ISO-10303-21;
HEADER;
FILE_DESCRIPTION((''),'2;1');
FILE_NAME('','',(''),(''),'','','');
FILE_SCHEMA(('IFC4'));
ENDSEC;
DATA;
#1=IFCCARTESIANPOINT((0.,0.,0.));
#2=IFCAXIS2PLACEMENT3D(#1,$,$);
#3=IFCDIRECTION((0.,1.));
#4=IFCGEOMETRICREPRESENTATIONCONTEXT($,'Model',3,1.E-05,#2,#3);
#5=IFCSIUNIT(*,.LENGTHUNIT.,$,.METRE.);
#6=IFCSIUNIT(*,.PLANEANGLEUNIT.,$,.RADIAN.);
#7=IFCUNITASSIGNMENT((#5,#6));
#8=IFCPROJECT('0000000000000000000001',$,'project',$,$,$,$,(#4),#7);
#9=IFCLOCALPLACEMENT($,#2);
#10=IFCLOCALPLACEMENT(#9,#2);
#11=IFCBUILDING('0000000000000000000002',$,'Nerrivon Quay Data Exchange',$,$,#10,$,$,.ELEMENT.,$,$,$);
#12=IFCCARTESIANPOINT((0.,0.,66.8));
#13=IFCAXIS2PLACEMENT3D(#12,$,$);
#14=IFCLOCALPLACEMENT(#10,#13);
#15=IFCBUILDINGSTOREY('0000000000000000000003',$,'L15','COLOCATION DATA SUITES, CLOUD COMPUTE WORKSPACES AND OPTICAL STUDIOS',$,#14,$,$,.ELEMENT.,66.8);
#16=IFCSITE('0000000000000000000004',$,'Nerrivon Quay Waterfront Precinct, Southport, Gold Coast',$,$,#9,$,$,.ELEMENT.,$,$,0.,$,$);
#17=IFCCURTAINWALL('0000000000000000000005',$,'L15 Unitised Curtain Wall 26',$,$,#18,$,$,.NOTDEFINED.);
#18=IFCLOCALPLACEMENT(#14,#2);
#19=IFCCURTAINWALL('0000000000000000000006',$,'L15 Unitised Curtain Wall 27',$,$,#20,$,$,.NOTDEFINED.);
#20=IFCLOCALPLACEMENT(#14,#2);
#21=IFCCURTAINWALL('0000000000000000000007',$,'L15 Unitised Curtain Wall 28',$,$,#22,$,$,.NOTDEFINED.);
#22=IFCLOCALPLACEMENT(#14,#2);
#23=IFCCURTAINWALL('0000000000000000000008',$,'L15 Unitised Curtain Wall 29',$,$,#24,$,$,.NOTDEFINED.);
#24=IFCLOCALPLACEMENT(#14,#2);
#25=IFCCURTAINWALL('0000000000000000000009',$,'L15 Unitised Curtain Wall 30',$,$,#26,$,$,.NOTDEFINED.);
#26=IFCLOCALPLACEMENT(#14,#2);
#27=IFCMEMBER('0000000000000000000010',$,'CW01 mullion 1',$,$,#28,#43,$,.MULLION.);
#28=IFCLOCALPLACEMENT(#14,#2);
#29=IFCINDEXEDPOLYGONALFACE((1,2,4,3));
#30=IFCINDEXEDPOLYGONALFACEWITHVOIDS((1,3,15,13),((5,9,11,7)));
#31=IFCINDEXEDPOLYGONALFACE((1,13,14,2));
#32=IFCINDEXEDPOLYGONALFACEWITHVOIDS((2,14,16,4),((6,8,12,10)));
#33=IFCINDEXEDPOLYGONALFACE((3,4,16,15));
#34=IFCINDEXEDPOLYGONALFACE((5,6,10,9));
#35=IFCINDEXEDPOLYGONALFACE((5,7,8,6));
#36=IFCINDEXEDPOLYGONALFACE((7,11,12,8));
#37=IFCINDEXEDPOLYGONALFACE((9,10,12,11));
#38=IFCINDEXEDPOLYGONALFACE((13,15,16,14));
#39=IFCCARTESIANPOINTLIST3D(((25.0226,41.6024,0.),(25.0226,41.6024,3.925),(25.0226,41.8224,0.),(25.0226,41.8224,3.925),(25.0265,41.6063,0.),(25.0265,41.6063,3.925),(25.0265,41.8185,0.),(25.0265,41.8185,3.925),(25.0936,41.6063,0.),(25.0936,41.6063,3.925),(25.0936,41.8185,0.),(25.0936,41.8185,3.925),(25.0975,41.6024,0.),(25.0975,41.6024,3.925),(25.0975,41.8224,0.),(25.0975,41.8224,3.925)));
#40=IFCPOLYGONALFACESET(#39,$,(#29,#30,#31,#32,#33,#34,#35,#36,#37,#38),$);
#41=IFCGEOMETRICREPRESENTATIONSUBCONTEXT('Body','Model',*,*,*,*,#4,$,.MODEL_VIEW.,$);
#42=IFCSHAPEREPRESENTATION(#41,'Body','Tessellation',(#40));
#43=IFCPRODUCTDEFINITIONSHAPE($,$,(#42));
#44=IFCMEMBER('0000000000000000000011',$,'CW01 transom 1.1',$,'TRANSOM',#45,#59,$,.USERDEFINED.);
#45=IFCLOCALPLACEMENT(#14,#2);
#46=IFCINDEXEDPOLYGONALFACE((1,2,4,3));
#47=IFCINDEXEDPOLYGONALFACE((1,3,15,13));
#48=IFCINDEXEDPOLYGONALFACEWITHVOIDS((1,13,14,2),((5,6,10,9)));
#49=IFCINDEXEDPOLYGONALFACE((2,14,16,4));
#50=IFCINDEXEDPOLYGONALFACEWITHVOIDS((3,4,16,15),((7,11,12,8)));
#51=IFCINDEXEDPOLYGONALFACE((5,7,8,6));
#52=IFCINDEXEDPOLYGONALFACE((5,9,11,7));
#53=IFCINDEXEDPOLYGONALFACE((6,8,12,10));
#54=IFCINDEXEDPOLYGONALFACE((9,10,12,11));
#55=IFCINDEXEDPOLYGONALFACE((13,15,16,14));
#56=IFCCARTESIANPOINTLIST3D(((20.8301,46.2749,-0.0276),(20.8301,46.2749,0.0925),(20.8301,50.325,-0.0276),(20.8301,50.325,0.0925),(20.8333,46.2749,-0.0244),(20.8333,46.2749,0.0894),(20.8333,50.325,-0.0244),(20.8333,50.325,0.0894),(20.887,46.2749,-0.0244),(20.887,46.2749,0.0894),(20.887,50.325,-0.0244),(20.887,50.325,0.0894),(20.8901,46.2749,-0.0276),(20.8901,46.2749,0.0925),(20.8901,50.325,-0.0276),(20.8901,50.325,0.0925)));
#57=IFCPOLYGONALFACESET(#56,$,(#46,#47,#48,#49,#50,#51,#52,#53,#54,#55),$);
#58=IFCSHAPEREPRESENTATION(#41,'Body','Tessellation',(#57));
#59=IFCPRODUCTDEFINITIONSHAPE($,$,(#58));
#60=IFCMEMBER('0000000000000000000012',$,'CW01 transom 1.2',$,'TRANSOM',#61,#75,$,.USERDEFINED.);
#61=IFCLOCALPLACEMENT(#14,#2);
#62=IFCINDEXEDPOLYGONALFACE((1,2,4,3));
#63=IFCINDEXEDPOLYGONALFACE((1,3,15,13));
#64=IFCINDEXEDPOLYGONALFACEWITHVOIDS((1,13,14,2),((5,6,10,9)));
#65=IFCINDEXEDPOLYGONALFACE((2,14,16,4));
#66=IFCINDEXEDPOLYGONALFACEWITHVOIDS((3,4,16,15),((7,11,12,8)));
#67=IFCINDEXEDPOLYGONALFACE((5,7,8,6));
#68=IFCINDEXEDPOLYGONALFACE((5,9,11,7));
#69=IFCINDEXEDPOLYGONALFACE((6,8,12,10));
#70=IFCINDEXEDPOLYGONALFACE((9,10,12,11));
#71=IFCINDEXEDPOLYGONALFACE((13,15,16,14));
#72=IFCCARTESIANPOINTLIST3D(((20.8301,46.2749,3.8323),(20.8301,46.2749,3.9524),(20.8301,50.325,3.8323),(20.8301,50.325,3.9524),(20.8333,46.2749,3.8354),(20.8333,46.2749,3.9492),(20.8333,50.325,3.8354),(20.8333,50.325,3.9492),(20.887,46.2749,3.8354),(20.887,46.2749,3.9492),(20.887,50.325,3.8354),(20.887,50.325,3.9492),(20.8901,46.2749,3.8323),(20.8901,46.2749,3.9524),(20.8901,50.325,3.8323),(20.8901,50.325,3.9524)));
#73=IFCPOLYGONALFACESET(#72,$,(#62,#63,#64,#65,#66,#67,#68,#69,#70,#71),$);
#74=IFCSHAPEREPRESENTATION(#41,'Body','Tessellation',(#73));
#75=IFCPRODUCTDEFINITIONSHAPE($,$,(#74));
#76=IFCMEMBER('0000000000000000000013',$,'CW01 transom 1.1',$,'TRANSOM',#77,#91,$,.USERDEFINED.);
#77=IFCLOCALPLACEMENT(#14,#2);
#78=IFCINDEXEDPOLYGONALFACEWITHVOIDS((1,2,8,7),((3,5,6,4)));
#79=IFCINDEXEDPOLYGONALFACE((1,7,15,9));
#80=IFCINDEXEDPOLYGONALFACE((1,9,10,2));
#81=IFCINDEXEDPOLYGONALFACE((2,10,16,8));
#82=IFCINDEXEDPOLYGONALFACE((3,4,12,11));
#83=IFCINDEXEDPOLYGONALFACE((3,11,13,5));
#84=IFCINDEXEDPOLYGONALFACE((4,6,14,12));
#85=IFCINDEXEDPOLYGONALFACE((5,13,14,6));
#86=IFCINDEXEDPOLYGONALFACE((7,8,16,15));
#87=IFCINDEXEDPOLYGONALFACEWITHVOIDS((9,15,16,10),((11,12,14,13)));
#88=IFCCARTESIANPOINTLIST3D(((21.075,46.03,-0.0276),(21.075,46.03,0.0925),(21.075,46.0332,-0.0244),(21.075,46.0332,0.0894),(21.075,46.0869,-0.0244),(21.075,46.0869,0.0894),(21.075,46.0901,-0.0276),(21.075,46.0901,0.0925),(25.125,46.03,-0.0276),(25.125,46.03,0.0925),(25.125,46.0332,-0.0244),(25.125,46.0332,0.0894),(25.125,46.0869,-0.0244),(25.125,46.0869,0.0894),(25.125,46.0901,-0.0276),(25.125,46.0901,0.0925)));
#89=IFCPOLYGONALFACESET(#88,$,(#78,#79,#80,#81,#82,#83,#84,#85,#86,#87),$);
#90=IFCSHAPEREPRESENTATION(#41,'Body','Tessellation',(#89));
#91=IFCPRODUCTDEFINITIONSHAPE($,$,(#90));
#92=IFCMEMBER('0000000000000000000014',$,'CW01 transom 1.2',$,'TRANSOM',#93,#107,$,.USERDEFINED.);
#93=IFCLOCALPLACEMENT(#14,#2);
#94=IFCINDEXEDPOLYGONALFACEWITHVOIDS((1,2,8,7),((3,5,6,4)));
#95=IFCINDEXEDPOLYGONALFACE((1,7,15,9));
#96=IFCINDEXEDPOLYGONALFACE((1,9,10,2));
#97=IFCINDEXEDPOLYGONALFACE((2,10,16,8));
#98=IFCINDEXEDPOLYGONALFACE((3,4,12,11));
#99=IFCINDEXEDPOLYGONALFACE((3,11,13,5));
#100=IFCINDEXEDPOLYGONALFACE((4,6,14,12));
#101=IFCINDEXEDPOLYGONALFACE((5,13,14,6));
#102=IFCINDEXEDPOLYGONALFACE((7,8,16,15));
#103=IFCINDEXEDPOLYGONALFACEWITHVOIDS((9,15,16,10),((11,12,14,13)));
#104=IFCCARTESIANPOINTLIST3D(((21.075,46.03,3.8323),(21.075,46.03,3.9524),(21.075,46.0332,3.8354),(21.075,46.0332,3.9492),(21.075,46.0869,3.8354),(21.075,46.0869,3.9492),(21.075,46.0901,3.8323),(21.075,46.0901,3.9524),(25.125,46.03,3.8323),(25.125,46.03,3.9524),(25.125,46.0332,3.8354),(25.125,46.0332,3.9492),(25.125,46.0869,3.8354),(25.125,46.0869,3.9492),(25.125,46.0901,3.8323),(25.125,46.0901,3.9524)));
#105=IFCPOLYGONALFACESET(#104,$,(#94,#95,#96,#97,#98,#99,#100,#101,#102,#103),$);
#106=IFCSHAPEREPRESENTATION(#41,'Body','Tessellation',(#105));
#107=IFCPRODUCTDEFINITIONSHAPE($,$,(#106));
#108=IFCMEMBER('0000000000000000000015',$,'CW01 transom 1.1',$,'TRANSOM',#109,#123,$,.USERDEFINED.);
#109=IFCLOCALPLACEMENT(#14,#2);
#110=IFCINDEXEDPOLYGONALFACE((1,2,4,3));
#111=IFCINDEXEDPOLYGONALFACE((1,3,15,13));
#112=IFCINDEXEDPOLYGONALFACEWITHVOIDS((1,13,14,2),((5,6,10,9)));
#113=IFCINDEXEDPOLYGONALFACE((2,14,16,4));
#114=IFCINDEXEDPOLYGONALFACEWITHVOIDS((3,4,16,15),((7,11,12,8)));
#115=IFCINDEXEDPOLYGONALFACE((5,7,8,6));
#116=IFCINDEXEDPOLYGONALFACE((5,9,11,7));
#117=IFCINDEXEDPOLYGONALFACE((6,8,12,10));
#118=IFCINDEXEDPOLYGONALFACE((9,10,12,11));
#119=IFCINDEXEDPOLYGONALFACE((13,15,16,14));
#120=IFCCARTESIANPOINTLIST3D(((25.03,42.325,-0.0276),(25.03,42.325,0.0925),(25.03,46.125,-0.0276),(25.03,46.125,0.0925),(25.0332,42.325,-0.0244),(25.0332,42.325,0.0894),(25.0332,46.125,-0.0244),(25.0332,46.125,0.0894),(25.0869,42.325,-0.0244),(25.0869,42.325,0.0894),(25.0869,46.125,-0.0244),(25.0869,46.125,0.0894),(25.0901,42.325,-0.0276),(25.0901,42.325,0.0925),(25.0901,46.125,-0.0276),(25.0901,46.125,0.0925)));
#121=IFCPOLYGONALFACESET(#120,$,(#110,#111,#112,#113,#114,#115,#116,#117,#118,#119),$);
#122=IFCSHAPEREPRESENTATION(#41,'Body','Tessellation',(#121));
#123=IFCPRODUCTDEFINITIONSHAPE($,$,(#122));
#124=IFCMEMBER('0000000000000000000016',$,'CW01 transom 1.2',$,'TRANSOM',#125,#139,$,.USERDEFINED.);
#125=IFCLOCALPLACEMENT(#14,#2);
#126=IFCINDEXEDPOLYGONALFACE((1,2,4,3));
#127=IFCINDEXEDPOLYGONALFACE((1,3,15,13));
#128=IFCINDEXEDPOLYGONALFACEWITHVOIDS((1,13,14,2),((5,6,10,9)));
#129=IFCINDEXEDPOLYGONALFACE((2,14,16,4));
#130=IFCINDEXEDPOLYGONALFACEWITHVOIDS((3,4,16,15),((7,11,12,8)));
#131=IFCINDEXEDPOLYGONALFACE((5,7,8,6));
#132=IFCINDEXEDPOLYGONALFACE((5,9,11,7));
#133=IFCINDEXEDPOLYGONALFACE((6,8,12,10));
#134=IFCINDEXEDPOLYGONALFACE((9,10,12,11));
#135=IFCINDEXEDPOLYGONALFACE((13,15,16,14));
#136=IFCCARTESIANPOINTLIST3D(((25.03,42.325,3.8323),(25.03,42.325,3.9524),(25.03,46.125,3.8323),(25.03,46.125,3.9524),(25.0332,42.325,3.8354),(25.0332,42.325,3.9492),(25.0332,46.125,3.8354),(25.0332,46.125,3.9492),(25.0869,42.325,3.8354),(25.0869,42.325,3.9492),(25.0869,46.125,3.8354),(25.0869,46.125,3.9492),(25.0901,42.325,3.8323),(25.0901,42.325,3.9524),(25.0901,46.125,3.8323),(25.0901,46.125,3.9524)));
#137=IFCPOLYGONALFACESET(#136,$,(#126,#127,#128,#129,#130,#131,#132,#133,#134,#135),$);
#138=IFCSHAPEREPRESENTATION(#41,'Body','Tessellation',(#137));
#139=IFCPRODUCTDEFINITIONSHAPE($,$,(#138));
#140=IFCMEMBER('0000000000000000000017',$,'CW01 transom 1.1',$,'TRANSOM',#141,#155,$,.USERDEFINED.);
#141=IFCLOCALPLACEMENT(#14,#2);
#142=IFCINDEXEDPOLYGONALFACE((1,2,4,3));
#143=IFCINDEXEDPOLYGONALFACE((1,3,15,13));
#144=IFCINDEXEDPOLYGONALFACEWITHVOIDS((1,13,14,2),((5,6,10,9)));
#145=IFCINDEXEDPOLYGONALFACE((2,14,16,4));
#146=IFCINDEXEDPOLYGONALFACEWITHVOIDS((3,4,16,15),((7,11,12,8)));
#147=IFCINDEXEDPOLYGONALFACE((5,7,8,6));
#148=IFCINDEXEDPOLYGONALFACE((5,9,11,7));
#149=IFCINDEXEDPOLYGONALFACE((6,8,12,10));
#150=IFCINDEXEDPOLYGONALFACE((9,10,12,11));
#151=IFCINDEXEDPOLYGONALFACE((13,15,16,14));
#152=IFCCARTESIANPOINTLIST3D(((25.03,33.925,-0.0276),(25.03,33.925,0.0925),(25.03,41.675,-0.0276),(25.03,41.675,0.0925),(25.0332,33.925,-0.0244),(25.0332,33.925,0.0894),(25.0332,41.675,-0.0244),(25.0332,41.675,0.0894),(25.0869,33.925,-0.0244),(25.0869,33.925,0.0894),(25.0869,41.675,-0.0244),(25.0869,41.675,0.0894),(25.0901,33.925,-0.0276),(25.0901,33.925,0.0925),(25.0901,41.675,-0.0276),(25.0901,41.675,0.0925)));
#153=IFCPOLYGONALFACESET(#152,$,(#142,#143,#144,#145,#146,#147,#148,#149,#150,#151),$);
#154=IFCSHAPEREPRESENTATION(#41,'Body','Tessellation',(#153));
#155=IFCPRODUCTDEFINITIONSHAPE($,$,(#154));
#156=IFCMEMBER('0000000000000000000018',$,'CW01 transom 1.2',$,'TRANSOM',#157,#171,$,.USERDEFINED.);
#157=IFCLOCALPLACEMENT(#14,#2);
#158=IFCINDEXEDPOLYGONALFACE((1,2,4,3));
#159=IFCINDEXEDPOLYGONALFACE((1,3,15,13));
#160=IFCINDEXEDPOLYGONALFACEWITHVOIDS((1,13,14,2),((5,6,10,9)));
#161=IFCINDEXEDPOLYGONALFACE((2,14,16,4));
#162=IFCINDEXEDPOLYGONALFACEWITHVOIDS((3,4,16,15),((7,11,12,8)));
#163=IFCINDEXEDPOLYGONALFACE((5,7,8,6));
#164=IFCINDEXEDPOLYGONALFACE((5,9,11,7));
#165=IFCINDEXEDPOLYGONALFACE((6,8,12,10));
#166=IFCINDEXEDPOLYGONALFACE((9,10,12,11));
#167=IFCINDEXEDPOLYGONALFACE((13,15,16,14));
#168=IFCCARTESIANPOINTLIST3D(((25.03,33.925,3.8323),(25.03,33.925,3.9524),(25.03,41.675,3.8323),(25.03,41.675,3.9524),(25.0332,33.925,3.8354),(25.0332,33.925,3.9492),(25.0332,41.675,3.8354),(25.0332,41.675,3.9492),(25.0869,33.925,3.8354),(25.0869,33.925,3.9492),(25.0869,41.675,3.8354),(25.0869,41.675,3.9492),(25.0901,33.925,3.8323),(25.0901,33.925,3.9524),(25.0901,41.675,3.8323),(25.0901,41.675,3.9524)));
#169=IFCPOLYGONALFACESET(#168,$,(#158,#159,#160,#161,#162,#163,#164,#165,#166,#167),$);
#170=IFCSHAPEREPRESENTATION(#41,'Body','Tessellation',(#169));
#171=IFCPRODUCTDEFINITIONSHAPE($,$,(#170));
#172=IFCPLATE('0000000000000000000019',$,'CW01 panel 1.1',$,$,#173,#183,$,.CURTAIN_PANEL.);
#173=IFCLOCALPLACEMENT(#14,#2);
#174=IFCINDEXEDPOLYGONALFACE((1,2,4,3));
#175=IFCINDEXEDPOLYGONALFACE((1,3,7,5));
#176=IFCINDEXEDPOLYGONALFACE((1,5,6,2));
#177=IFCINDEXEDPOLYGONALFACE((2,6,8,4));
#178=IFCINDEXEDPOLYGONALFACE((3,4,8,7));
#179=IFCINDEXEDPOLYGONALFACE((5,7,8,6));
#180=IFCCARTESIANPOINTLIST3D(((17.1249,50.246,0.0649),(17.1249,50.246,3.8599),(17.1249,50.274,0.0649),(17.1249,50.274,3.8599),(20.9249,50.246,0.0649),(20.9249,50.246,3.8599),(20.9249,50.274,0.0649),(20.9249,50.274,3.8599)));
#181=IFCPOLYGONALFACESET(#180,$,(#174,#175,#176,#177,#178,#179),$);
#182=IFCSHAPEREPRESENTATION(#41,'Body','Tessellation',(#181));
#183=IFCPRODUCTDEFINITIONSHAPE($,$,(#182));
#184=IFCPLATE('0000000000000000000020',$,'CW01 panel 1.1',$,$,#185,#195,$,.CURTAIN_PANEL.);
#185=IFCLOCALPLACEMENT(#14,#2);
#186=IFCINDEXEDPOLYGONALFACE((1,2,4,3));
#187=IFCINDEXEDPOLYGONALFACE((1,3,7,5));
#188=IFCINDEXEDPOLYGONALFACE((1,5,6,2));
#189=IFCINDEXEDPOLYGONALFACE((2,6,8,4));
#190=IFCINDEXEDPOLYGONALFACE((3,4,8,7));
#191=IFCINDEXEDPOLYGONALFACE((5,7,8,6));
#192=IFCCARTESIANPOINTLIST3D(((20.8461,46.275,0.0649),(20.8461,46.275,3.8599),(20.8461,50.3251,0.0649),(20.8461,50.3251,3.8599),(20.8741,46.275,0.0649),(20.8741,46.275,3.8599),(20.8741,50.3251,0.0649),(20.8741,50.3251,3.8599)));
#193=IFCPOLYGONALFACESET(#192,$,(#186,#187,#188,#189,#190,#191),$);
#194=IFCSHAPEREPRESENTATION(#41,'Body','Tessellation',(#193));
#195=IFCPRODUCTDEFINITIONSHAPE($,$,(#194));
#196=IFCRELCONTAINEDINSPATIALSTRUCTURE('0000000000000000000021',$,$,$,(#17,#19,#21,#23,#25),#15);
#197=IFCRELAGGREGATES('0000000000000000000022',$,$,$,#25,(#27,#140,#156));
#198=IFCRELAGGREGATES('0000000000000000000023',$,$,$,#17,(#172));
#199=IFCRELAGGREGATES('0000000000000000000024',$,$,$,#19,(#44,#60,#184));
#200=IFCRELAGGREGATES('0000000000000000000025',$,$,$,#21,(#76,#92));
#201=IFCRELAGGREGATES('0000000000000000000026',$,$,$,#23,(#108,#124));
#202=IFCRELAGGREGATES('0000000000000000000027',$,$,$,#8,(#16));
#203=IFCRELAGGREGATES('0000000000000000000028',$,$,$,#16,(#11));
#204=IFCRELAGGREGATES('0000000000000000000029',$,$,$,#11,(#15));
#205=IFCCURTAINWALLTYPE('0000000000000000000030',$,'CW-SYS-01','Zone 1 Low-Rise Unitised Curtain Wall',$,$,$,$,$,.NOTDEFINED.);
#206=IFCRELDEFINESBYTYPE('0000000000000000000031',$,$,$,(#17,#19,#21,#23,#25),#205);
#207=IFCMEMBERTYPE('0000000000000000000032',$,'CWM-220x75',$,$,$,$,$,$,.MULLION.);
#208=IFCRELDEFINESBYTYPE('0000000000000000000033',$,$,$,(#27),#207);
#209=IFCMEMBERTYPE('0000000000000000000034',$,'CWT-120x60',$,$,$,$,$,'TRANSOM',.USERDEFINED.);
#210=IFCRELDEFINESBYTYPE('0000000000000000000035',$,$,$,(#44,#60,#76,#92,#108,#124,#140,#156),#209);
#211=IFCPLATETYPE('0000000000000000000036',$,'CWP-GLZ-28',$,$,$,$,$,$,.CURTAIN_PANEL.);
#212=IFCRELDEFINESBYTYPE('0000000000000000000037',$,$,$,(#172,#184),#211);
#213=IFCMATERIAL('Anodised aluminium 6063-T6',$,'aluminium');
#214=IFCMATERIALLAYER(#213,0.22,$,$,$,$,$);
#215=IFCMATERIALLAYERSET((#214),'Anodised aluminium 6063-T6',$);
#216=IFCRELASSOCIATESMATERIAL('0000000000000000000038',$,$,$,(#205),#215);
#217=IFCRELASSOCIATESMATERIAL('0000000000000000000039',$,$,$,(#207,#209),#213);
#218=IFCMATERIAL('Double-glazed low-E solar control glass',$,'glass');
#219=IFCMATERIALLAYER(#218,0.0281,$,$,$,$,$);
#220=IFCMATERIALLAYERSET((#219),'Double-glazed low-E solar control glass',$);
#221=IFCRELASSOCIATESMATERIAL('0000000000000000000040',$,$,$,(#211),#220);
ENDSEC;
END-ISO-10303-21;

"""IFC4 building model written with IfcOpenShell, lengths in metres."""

from ifc_helpers import new_model, si_unit, direction, frame, origin, origin_2d, place, context, subcontext, project, spatial, rectangle, hollow_rectangle, extrude, material, layer, layer_set, material_profile, profile_set, type_object, element, aggregate, save


model = new_model("IFC4")

# Units and contexts
model_context = context("Model", 3, precision=1e-05, world=origin(), true_north=direction((0.0, 1.0)))
body_context = subcontext(model_context, "Body", "Model", "MODEL_VIEW")
ifc_project = project(units=[si_unit("LENGTHUNIT", "METRE"), si_unit("PLANEANGLEUNIT", "RADIAN")], contexts=[model_context])

# Site, building, storey
site_placement = place(None, origin())
site = spatial("IfcSite", under=ifc_project, at=site_placement, Name="Nerrivon Quay Waterfront Precinct, Southport, Gold Coast", CompositionType="ELEMENT", RefElevation=0.0)
building_placement = place(site_placement, origin())
building = spatial("IfcBuilding", under=site, at=building_placement, Name="Nerrivon Quay Data Exchange", CompositionType="ELEMENT")
storey_placement = place(building_placement, frame((0.0, 0.0, 66.8)))
storey = spatial("IfcBuildingStorey", under=building, at=storey_placement, Name="L15", Description="COLOCATION DATA SUITES, CLOUD COMPUTE WORKSPACES AND OPTICAL STUDIOS", CompositionType="ELEMENT", Elevation=66.8)

# Curtain wall
ifc_material_1 = material(Name="Anodised aluminium 6063-T6", Category="aluminium")
ifc_layer_1 = layer(ifc_material_1, 0.22)
ifc_layer_set_1 = layer_set([ifc_layer_1], Name="Anodised aluminium 6063-T6")
curtain_wall_type = type_object("IfcCurtainWallType", Name="CW-SYS-01", Description="Zone 1 Low-Rise Unitised Curtain Wall", PredefinedType="NOTDEFINED", material=ifc_layer_set_1)
curtain_wall_1_placement = place(storey_placement, origin())
curtain_wall_1 = element("IfcCurtainWall", 1, at=curtain_wall_1_placement, inside=storey, type_object=curtain_wall_type, Name="L15 Unitised Curtain Wall 26", PredefinedType="NOTDEFINED")
ifc_material_profile_1 = material_profile(ifc_material_1, hollow_rectangle(XDim=0.075, YDim=0.22, WallThickness=0.0039, at=origin_2d()), Name="ALU-MULL-220x75")
ifc_profile_set_1 = profile_set([ifc_material_profile_1], Name="Anodised aluminium 6063-T6")
member_type_1 = type_object("IfcMemberType", Name="CWM-220x75", PredefinedType="MULLION", material=ifc_profile_set_1)

# Curtain walls
curtain_wall_2_placement = place(storey_placement, origin())
curtain_wall_2 = element("IfcCurtainWall", 2, at=curtain_wall_2_placement, inside=storey, type_object=curtain_wall_type, Name="L15 Unitised Curtain Wall 27", PredefinedType="NOTDEFINED")
curtain_wall_3_placement = place(storey_placement, origin())
curtain_wall_3 = element("IfcCurtainWall", 3, at=curtain_wall_3_placement, inside=storey, type_object=curtain_wall_type, Name="L15 Unitised Curtain Wall 28", PredefinedType="NOTDEFINED")
curtain_wall_4_placement = place(storey_placement, origin())
curtain_wall_4 = element("IfcCurtainWall", 4, at=curtain_wall_4_placement, inside=storey, type_object=curtain_wall_type, Name="L15 Unitised Curtain Wall 29", PredefinedType="NOTDEFINED")

# Curtain wall, member
curtain_wall_5_placement = place(storey_placement, origin())
curtain_wall_5 = element("IfcCurtainWall", 5, at=curtain_wall_5_placement, inside=storey, type_object=curtain_wall_type, Name="L15 Unitised Curtain Wall 30", PredefinedType="NOTDEFINED")
member_1_placement = place(storey_placement, frame((25.0601, 41.7124, 0.0), z_axis=(0.0, 0.0, 1.0), x_axis=(1.0, 0.0, 0.0)))
member_1 = element("IfcMember", 6, at=member_1_placement, type_object=member_type_1, Name="CW01 mullion 1", PredefinedType="MULLION", context=body_context, shape_type="SweptSolid", body=[
    extrude(hollow_rectangle(XDim=0.075, YDim=0.22, WallThickness=0.0039, at=origin_2d()), origin(), (0.0, 0.0, 1.0), 3.925),
])

# Members
ifc_material_profile_2 = material_profile(ifc_material_1, hollow_rectangle(XDim=0.0601, YDim=0.1201, WallThickness=0.0032, at=origin_2d()), Name="ALU-TRAN-120x60")
ifc_profile_set_2 = profile_set([ifc_material_profile_2], Name="Anodised aluminium 6063-T6")
member_type_2 = type_object("IfcMemberType", Name="CWT-120x60", ElementType="TRANSOM", PredefinedType="USERDEFINED", material=ifc_profile_set_2)
member_2_placement = place(storey_placement, frame((20.8601, 50.325, 0.0325), z_axis=(0.0, -1.0, 0.0), x_axis=(1.0, 0.0, 0.0)))
member_2 = element("IfcMember", 7, at=member_2_placement, type_object=member_type_2, Name="CW01 transom 1.1", ObjectType="TRANSOM", PredefinedType="USERDEFINED", context=body_context, shape_type="SweptSolid", body=[
    extrude(hollow_rectangle(XDim=0.0601, YDim=0.1201, WallThickness=0.0032, at=origin_2d()), origin(), (0.0, 0.0, 1.0), 4.05),
])
member_3_placement = place(storey_placement, frame((20.8601, 50.325, 3.8923), z_axis=(0.0, -1.0, 0.0), x_axis=(1.0, 0.0, 0.0)))
member_3 = element("IfcMember", 8, at=member_3_placement, type_object=member_type_2, Name="CW01 transom 1.2", ObjectType="TRANSOM", PredefinedType="USERDEFINED", context=body_context, shape_type="SweptSolid", body=[
    extrude(hollow_rectangle(XDim=0.0601, YDim=0.1201, WallThickness=0.0032, at=origin_2d()), origin(), (0.0, 0.0, 1.0), 4.05),
])
member_4_placement = place(storey_placement, frame((21.075, 46.0601, 0.0325), z_axis=(1.0, 0.0, 0.0), x_axis=(0.0, 1.0, 0.0)))
member_4 = element("IfcMember", 9, at=member_4_placement, type_object=member_type_2, Name="CW01 transom 1.1", ObjectType="TRANSOM", PredefinedType="USERDEFINED", context=body_context, shape_type="SweptSolid", body=[
    extrude(hollow_rectangle(XDim=0.0601, YDim=0.1201, WallThickness=0.0032, at=origin_2d()), origin(), (0.0, 0.0, 1.0), 4.05),
])
member_5_placement = place(storey_placement, frame((21.075, 46.0601, 3.8923), z_axis=(1.0, 0.0, 0.0), x_axis=(0.0, 1.0, 0.0)))
member_5 = element("IfcMember", 10, at=member_5_placement, type_object=member_type_2, Name="CW01 transom 1.2", ObjectType="TRANSOM", PredefinedType="USERDEFINED", context=body_context, shape_type="SweptSolid", body=[
    extrude(hollow_rectangle(XDim=0.0601, YDim=0.1201, WallThickness=0.0032, at=origin_2d()), origin(), (0.0, 0.0, 1.0), 4.05),
])
member_6_placement = place(storey_placement, frame((25.0601, 46.125, 0.0325), z_axis=(0.0, -1.0, 0.0), x_axis=(1.0, 0.0, 0.0)))
member_6 = element("IfcMember", 11, at=member_6_placement, type_object=member_type_2, Name="CW01 transom 1.1", ObjectType="TRANSOM", PredefinedType="USERDEFINED", context=body_context, shape_type="SweptSolid", body=[
    extrude(hollow_rectangle(XDim=0.0601, YDim=0.1201, WallThickness=0.0032, at=origin_2d()), origin(), (0.0, 0.0, 1.0), 3.8),
])
member_7_placement = place(storey_placement, frame((25.0601, 46.125, 3.8923), z_axis=(0.0, -1.0, 0.0), x_axis=(1.0, 0.0, 0.0)))
member_7 = element("IfcMember", 12, at=member_7_placement, type_object=member_type_2, Name="CW01 transom 1.2", ObjectType="TRANSOM", PredefinedType="USERDEFINED", context=body_context, shape_type="SweptSolid", body=[
    extrude(hollow_rectangle(XDim=0.0601, YDim=0.1201, WallThickness=0.0032, at=origin_2d()), origin(), (0.0, 0.0, 1.0), 3.8),
])
member_8_placement = place(storey_placement, frame((25.0601, 41.675, 0.0325), z_axis=(0.0, -1.0, 0.0), x_axis=(1.0, 0.0, 0.0)))
member_8 = element("IfcMember", 13, at=member_8_placement, type_object=member_type_2, Name="CW01 transom 1.1", ObjectType="TRANSOM", PredefinedType="USERDEFINED", context=body_context, shape_type="SweptSolid", body=[
    extrude(hollow_rectangle(XDim=0.0601, YDim=0.1201, WallThickness=0.0032, at=origin_2d()), origin(), (0.0, 0.0, 1.0), 7.75),
])
member_9_placement = place(storey_placement, frame((25.0601, 41.675, 3.8923), z_axis=(0.0, -1.0, 0.0), x_axis=(1.0, 0.0, 0.0)))
member_9 = element("IfcMember", 14, at=member_9_placement, type_object=member_type_2, Name="CW01 transom 1.2", ObjectType="TRANSOM", PredefinedType="USERDEFINED", context=body_context, shape_type="SweptSolid", body=[
    extrude(hollow_rectangle(XDim=0.0601, YDim=0.1201, WallThickness=0.0032, at=origin_2d()), origin(), (0.0, 0.0, 1.0), 7.75),
])
aggregate(curtain_wall_5, [member_1, member_8, member_9])

# Plates
ifc_material_2 = material(Name="Double-glazed low-E solar control glass", Category="glass")
ifc_layer_2 = layer(ifc_material_2, 0.0281)
ifc_layer_set_2 = layer_set([ifc_layer_2], Name="Double-glazed low-E solar control glass")
plate_type = type_object("IfcPlateType", Name="CWP-GLZ-28", PredefinedType="CURTAIN_PANEL", material=ifc_layer_set_2)
plate_1_placement = place(storey_placement, frame((19.0249, 50.26, 0.0649), z_axis=(0.0, 0.0, 1.0), x_axis=(1.0, 0.0, 0.0)))
plate_1 = element("IfcPlate", 15, at=plate_1_placement, type_object=plate_type, Name="CW01 panel 1.1", PredefinedType="CURTAIN_PANEL", context=body_context, shape_type="SweptSolid", body=[
    extrude(rectangle(XDim=3.8, YDim=0.0281, at=origin_2d()), origin(), (0.0, 0.0, 1.0), 3.7949),
])
aggregate(curtain_wall_1, [plate_1])
plate_2_placement = place(storey_placement, frame((20.8601, 48.3, 0.0649), z_axis=(0.0, 0.0, 1.0), x_axis=(0.0, -1.0, 0.0)))
plate_2 = element("IfcPlate", 16, at=plate_2_placement, type_object=plate_type, Name="CW01 panel 1.1", PredefinedType="CURTAIN_PANEL", context=body_context, shape_type="SweptSolid", body=[
    extrude(rectangle(XDim=4.05, YDim=0.0281, at=origin_2d()), origin(), (0.0, 0.0, 1.0), 3.7949),
])
aggregate(curtain_wall_2, [member_2, member_3, plate_2])
aggregate(curtain_wall_3, [member_4, member_5])
aggregate(curtain_wall_4, [member_6, member_7])

save(model, "model.ifc")
